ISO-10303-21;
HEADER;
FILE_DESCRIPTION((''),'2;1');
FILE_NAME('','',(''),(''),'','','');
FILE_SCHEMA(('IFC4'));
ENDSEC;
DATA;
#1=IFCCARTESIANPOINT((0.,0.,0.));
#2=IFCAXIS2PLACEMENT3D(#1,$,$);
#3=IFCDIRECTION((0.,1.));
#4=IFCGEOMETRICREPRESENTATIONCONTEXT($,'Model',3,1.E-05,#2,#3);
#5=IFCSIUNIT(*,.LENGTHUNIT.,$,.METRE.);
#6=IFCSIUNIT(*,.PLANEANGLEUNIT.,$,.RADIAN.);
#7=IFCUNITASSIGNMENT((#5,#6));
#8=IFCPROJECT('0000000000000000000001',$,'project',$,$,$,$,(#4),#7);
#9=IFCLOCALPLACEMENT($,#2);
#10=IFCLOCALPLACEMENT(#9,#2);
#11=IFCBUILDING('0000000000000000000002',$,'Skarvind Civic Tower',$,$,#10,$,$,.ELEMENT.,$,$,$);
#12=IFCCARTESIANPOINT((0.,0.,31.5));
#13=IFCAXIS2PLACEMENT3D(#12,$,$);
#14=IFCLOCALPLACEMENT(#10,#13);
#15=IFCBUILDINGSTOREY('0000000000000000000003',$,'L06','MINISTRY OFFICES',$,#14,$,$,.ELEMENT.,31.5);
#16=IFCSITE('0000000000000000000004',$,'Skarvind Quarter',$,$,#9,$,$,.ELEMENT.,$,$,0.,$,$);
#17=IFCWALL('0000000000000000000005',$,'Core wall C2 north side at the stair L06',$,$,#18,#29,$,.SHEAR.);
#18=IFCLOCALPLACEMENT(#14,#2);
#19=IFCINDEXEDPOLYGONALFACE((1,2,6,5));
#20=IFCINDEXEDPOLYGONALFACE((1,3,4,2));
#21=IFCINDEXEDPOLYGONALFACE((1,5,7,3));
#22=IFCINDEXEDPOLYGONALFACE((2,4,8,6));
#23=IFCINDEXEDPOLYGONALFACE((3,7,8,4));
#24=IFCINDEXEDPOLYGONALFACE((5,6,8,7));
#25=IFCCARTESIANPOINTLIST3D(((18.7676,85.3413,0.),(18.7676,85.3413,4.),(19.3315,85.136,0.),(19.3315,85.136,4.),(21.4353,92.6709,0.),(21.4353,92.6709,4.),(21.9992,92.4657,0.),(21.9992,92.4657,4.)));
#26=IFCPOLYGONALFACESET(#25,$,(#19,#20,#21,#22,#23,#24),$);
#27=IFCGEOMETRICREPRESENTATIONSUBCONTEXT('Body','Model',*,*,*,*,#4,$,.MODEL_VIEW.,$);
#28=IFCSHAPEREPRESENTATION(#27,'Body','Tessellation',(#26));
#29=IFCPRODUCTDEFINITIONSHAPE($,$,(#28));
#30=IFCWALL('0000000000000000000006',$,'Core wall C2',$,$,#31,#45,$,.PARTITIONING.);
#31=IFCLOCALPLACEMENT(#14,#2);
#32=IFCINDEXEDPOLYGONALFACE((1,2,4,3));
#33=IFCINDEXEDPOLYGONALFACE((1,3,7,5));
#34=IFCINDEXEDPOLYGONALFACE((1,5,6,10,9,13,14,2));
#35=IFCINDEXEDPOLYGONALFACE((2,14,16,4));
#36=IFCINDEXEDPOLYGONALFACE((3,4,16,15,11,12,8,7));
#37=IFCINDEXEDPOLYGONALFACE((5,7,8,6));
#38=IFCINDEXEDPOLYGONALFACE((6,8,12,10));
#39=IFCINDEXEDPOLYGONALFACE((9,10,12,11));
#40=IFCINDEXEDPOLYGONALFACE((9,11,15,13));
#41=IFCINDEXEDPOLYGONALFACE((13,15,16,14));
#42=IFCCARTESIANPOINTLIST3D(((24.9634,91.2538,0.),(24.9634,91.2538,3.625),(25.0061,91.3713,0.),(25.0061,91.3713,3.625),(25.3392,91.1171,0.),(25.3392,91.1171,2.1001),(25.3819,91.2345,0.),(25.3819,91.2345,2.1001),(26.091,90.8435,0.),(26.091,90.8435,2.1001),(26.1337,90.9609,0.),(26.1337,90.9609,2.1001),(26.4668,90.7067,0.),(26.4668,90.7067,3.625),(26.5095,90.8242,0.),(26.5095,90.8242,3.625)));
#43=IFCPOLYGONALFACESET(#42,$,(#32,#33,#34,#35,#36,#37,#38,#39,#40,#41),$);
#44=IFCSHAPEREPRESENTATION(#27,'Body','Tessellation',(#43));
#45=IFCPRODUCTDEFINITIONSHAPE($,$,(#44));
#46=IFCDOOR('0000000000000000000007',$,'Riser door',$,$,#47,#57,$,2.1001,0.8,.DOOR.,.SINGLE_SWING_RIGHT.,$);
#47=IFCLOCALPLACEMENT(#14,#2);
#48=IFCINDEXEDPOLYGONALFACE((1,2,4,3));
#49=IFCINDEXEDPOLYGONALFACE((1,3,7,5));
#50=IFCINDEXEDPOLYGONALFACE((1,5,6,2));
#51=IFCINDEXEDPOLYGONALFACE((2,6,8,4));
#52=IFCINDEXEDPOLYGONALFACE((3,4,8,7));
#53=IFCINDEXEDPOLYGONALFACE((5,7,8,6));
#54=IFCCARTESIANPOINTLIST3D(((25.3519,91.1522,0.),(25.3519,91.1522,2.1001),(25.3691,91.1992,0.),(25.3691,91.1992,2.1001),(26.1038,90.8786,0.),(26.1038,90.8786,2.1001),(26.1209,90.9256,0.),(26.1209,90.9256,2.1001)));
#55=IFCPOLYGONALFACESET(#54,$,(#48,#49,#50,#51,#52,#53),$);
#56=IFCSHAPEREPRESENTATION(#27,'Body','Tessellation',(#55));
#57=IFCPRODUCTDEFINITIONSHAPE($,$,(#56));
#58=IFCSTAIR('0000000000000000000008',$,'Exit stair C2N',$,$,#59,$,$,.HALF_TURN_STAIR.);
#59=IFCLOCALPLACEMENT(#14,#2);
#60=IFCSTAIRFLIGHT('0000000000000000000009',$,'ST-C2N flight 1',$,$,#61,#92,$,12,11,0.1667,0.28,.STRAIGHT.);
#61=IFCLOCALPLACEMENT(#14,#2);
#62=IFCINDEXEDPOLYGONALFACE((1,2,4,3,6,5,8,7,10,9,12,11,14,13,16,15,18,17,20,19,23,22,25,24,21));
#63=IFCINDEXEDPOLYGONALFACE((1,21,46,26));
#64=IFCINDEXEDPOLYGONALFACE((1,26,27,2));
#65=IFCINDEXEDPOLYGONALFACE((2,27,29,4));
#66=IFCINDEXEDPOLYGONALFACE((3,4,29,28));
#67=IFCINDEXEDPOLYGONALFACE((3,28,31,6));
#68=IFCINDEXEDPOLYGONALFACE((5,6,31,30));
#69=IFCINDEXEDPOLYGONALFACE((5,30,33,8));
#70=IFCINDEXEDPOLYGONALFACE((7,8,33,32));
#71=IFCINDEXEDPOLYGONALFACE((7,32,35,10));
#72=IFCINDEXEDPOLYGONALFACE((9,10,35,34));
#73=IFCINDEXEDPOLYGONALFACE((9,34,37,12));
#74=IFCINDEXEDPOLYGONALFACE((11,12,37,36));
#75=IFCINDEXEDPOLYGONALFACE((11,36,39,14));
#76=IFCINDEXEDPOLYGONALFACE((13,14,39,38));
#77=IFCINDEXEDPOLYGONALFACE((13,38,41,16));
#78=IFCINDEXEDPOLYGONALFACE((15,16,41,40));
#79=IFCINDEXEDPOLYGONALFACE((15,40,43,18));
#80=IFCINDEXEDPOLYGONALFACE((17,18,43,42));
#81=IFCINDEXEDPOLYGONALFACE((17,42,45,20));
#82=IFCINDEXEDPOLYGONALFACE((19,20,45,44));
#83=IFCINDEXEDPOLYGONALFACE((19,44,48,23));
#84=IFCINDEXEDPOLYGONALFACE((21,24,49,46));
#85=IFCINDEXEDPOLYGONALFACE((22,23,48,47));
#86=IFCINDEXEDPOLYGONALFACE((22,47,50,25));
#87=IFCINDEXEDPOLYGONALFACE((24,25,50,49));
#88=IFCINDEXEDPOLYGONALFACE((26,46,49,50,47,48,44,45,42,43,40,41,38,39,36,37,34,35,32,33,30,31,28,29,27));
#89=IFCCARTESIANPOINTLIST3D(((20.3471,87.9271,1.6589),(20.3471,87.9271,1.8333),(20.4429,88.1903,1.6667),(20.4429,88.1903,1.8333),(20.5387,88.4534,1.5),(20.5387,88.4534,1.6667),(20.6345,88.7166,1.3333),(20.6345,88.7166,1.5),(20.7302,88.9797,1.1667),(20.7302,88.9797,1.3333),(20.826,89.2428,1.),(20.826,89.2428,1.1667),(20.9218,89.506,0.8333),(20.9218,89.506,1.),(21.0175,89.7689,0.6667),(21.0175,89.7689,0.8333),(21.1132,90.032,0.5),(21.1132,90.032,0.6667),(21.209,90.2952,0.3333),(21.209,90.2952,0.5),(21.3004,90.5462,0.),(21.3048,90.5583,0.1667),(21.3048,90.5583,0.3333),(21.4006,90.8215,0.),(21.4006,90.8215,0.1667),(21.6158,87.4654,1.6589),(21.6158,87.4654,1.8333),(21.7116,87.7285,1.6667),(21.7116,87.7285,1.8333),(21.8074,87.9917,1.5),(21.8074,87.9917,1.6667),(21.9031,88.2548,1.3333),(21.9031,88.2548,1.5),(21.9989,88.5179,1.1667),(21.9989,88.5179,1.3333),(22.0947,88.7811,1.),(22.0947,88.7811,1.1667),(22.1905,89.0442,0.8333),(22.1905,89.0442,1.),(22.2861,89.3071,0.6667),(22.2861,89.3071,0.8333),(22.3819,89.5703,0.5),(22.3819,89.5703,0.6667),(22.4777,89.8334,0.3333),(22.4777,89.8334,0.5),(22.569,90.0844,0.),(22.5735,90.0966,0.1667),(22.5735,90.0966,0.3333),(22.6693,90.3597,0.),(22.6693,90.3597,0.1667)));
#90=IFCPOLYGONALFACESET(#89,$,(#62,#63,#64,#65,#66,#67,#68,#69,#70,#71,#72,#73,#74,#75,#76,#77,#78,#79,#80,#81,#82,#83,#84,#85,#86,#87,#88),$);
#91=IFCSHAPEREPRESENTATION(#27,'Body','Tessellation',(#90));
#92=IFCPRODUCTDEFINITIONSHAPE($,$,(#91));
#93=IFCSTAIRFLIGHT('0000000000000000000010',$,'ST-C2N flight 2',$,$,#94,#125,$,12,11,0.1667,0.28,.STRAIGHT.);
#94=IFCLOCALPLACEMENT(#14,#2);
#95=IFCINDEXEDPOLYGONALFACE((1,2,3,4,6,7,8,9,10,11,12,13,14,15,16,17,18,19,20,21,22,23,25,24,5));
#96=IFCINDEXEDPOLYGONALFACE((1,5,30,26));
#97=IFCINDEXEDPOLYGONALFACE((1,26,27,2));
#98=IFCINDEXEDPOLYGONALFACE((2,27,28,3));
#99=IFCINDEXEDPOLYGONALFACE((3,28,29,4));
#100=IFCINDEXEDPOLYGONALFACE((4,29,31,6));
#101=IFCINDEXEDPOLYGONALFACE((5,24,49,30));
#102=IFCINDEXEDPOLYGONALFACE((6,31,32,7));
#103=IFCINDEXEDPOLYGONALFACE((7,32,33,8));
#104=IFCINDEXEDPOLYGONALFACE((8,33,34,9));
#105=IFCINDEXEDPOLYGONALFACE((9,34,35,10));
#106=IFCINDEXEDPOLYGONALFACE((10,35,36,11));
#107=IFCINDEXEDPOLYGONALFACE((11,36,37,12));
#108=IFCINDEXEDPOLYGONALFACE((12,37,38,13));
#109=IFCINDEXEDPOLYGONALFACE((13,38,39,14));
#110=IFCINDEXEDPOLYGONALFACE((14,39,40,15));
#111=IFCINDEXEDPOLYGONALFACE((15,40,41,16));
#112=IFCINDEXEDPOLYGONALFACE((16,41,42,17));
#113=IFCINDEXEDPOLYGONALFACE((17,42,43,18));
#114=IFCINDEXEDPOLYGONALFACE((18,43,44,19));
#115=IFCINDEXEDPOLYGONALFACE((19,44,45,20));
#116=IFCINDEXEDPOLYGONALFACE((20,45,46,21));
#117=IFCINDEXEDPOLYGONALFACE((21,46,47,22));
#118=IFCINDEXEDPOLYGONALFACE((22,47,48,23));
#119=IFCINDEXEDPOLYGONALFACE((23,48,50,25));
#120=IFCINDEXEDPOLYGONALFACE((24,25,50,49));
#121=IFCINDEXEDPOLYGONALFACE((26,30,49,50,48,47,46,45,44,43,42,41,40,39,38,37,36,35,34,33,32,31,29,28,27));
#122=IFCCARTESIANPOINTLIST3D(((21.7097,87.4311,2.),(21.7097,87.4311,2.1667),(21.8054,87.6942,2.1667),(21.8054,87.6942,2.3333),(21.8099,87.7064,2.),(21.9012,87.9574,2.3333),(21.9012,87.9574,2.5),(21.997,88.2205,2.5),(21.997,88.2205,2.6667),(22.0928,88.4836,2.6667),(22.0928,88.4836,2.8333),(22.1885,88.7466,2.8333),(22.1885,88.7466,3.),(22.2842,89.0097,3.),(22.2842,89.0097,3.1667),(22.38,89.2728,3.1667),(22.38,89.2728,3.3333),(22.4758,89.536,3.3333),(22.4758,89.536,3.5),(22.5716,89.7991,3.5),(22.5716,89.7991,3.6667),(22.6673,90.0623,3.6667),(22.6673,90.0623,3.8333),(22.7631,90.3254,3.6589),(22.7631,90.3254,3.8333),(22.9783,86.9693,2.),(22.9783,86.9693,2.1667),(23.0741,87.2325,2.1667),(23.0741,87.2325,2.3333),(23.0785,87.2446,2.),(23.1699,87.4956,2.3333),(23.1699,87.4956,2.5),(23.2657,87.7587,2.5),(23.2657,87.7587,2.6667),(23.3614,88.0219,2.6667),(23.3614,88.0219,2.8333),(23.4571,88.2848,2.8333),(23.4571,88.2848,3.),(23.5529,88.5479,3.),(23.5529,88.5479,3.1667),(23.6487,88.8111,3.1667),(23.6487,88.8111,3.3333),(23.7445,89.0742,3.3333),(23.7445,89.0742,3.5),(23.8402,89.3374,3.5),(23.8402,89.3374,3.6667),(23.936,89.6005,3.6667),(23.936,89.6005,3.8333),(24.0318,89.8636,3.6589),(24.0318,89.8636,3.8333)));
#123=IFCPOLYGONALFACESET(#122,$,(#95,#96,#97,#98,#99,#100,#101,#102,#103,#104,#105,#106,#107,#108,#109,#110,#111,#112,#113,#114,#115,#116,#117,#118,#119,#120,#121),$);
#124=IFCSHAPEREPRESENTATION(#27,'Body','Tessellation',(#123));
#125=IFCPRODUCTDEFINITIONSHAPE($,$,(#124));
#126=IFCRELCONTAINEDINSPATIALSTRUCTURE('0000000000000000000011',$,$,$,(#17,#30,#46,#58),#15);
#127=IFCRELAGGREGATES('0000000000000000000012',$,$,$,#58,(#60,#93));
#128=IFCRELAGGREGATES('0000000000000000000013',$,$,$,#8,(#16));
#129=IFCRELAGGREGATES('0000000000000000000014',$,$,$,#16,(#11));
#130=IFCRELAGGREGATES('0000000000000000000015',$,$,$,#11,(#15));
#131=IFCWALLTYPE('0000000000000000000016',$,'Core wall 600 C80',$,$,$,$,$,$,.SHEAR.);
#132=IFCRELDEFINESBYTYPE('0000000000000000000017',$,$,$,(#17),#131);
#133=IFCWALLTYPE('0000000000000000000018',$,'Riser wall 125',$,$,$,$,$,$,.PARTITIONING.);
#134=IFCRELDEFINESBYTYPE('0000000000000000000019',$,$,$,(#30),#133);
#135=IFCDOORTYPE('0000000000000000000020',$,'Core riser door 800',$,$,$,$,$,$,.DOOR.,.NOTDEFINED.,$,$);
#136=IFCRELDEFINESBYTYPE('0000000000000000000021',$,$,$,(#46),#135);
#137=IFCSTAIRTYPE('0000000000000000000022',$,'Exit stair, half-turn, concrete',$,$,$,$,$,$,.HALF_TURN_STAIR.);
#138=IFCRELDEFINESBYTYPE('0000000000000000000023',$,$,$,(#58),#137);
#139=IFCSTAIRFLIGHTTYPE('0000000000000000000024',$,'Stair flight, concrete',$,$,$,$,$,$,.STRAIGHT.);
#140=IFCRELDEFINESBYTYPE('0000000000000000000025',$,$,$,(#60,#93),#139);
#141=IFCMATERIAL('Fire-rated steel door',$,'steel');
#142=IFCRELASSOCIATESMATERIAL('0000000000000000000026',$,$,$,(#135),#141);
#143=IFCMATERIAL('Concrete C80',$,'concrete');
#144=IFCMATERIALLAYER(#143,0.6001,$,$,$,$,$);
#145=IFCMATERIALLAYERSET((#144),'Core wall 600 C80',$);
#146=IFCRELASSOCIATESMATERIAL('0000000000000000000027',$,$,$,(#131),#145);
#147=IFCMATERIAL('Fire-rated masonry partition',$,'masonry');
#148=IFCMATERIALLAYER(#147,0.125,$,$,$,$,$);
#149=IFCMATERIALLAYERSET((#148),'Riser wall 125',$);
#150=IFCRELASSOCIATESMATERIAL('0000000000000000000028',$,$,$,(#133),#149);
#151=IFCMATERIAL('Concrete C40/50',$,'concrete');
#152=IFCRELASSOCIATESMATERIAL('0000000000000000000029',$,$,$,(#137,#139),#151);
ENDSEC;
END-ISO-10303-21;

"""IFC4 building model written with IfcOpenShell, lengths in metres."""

from ifc_helpers import new_model, si_unit, direction, frame, frame_2d, origin, place, context, subcontext, project, spatial, polyline, rectangle, outline, extrude, material, layer, layer_set, type_object, element, fill, aggregate, save


model = new_model("IFC4")

# Units and contexts
model_context = context("Model", 3, precision=1e-05, world=origin(), true_north=direction((0.0, 1.0)))
body_context = subcontext(model_context, "Body", "Model", "MODEL_VIEW")
ifc_project = project(units=[si_unit("LENGTHUNIT", "METRE"), si_unit("PLANEANGLEUNIT", "RADIAN")], contexts=[model_context])

# Site, building, storey
site_placement = place(None, origin())
site = spatial("IfcSite", under=ifc_project, at=site_placement, Name="Skarvind Quarter", CompositionType="ELEMENT", RefElevation=0.0)
building_placement = place(site_placement, origin())
building = spatial("IfcBuilding", under=site, at=building_placement, Name="Skarvind Civic Tower", CompositionType="ELEMENT")
storey_placement = place(building_placement, frame((0.0, 0.0, 31.5)))
storey = spatial("IfcBuildingStorey", under=building, at=storey_placement, Name="L06", Description="MINISTRY OFFICES", CompositionType="ELEMENT", Elevation=31.5)

# Shared definitions
ifc_material_1 = material(Name="Concrete C80", Category="concrete")

# Shared definitions
ifc_material_2 = material(Name="Fire-rated steel door", Category="steel")

# Shared definitions
door_type_1 = type_object("IfcDoorType", Name="Core riser door 800", OperationType="NOTDEFINED", PredefinedType="DOOR", material=ifc_material_2)

# Wall
ifc_layer_1 = layer(ifc_material_1, 0.6001)
ifc_layer_set_1 = layer_set([ifc_layer_1], Name="Core wall 600 C80")
wall_type_1 = type_object("IfcWallType", Name="Core wall 600 C80", PredefinedType="SHEAR", material=ifc_layer_set_1)
wall_1_placement = place(storey_placement, frame((19.0496, 85.2388, 0.0), z_axis=(0.0, 0.0, 1.0), x_axis=(0.342017, 0.939694, 0.0)))
element("IfcWall", 1, at=wall_1_placement, inside=storey, type_object=wall_type_1, Name="Core wall C2 north side at the stair L06", PredefinedType="SHEAR", context=body_context, shape_type="SweptSolid", body=[
    extrude(rectangle(XDim=7.8, YDim=0.6001, at=frame_2d((3.8999, 0.0))), origin(), (0.0, 0.0, 1.0), 4.0),
])

# Wall, opening, door
ifc_material_3 = material(Name="Fire-rated masonry partition", Category="masonry")
ifc_layer_2 = layer(ifc_material_3, 0.125)
ifc_layer_set_2 = layer_set([ifc_layer_2], Name="Riser wall 125")
wall_type_2 = type_object("IfcWallType", Name="Riser wall 125", PredefinedType="PARTITIONING", material=ifc_layer_set_2)
wall_2_placement = place(storey_placement, frame((24.9849, 91.3125, 0.0), z_axis=(0.0, 0.0, 1.0), x_axis=(0.939709, -0.341976, 0.0)))
wall_2 = element("IfcWall", 2, at=wall_2_placement, inside=storey, type_object=wall_type_2, Name="Core wall C2", PredefinedType="PARTITIONING", context=body_context, shape_type="SweptSolid", body=[
    extrude(rectangle(XDim=1.5999, YDim=0.125, at=frame_2d((0.7998, 0.0))), origin(), (0.0, 0.0, 1.0), 3.625),
])
opening_1_placement = place(wall_2_placement, frame((0.3999, 0.0, 0.0)))
opening_1 = element("IfcOpeningElement", 3, at=opening_1_placement, cuts=wall_2, PredefinedType="OPENING", context=body_context, shape_type="SweptSolid", body=[
    extrude(rectangle(XDim=0.8, YDim=2.1001, at=frame_2d((0.3999, 1.05))), frame((0.0, 0.0725, 0.0), z_axis=(0.0, -1.0, 0.0), x_axis=(1.0, 0.0, 0.0)), (0.0, 0.0, 1.0), 0.145),
])
door_1_placement = place(opening_1_placement, origin())
door_1 = element("IfcDoor", 4, at=door_1_placement, inside=storey, type_object=door_type_1, Name="Riser door", OperationType="SINGLE_SWING_RIGHT", OverallHeight=2.1001, OverallWidth=0.8, PredefinedType="DOOR", context=body_context, shape_type="SweptSolid", body=[
    extrude(rectangle(XDim=0.8, YDim=2.1001, at=frame_2d((0.3999, 1.05))), frame((0.0, 0.0249, 0.0), z_axis=(0.0, -1.0, 0.0), x_axis=(1.0, 0.0, 0.0)), (0.0, 0.0, 1.0), 0.05),
])
fill(opening_1, door_1)

# Stair, stair flights
ifc_material_4 = material(Name="Concrete C40/50", Category="concrete")
stair_type = type_object("IfcStairType", Name="Exit stair, half-turn, concrete", PredefinedType="HALF_TURN_STAIR", material=ifc_material_4)
stair_placement = place(storey_placement, origin())
stair = element("IfcStair", 5, at=stair_placement, inside=storey, type_object=stair_type, Name="Exit stair C2N", PredefinedType="HALF_TURN_STAIR")
stair_flight_type = type_object("IfcStairFlightType", Name="Stair flight, concrete", PredefinedType="STRAIGHT", material=ifc_material_4)
stair_flight_1_placement = place(storey_placement, frame((22.0349, 90.5906, 0.0), z_axis=(0.0, 0.0, 1.0), x_axis=(-0.34202, -0.939693, 0.0)))
stair_flight_1 = element("IfcStairFlight", 6, at=stair_flight_1_placement, type_object=stair_flight_type, Name="ST-C2N flight 1", NumberOfRisers=12, NumberOfTreads=11, PredefinedType="STRAIGHT", RiserHeight=0.1667, TreadLength=0.28, context=body_context, shape_type="SweptSolid", body=[
    extrude(outline(polyline([(0.0, 0.0), (0.0, 0.1667), (0.28, 0.1667), (0.28, 0.3333), (0.5601, 0.3333), (0.5601, 0.5), (0.8401, 0.5), (0.8401, 0.6667), (1.1201, 0.6667), (1.1201, 0.8333), (1.3999, 0.8333), (1.3999, 1.0), (1.6799, 1.0), (1.6799, 1.1667), (1.96, 1.1667), (1.96, 1.3333), (2.24, 1.3333), (2.24, 1.5), (2.52, 1.5), (2.52, 1.6667), (2.8, 1.6667), (2.8, 1.8333), (3.0801, 1.8333), (3.0801, 2.0), (3.0801, 1.6589), (0.293, 0.0), (0.0, 0.0)])), frame((0.0, 0.675, 0.0), z_axis=(0.0, -1.0, 0.0), x_axis=(1.0, 0.0, 0.0)), (0.0, 0.0, 1.0), 1.3501),
])
stair_flight_2_placement = place(storey_placement, frame((22.344, 87.2002, 2.0), z_axis=(0.0, 0.0, 1.0), x_axis=(0.34202, 0.939693, 0.0)))
stair_flight_2 = element("IfcStairFlight", 7, at=stair_flight_2_placement, type_object=stair_flight_type, Name="ST-C2N flight 2", NumberOfRisers=12, NumberOfTreads=11, PredefinedType="STRAIGHT", RiserHeight=0.1667, TreadLength=0.28, context=body_context, shape_type="SweptSolid", body=[
    extrude(outline(polyline([(0.0, 0.0), (0.0, 0.1667), (0.28, 0.1667), (0.28, 0.3333), (0.5601, 0.3333), (0.5601, 0.5), (0.8401, 0.5), (0.8401, 0.6667), (1.1201, 0.6667), (1.1201, 0.8333), (1.3999, 0.8333), (1.3999, 1.0), (1.6799, 1.0), (1.6799, 1.1667), (1.96, 1.1667), (1.96, 1.3333), (2.24, 1.3333), (2.24, 1.5), (2.52, 1.5), (2.52, 1.6667), (2.8, 1.6667), (2.8, 1.8333), (3.0801, 1.8333), (3.0801, 2.0), (3.0801, 1.6589), (0.293, 0.0), (0.0, 0.0)])), frame((0.0, 0.675, 0.0), z_axis=(0.0, -1.0, 0.0), x_axis=(1.0, 0.0, 0.0)), (0.0, 0.0, 1.0), 1.3501),
])
aggregate(stair, [stair_flight_1, stair_flight_2])

save(model, "model.ifc")
